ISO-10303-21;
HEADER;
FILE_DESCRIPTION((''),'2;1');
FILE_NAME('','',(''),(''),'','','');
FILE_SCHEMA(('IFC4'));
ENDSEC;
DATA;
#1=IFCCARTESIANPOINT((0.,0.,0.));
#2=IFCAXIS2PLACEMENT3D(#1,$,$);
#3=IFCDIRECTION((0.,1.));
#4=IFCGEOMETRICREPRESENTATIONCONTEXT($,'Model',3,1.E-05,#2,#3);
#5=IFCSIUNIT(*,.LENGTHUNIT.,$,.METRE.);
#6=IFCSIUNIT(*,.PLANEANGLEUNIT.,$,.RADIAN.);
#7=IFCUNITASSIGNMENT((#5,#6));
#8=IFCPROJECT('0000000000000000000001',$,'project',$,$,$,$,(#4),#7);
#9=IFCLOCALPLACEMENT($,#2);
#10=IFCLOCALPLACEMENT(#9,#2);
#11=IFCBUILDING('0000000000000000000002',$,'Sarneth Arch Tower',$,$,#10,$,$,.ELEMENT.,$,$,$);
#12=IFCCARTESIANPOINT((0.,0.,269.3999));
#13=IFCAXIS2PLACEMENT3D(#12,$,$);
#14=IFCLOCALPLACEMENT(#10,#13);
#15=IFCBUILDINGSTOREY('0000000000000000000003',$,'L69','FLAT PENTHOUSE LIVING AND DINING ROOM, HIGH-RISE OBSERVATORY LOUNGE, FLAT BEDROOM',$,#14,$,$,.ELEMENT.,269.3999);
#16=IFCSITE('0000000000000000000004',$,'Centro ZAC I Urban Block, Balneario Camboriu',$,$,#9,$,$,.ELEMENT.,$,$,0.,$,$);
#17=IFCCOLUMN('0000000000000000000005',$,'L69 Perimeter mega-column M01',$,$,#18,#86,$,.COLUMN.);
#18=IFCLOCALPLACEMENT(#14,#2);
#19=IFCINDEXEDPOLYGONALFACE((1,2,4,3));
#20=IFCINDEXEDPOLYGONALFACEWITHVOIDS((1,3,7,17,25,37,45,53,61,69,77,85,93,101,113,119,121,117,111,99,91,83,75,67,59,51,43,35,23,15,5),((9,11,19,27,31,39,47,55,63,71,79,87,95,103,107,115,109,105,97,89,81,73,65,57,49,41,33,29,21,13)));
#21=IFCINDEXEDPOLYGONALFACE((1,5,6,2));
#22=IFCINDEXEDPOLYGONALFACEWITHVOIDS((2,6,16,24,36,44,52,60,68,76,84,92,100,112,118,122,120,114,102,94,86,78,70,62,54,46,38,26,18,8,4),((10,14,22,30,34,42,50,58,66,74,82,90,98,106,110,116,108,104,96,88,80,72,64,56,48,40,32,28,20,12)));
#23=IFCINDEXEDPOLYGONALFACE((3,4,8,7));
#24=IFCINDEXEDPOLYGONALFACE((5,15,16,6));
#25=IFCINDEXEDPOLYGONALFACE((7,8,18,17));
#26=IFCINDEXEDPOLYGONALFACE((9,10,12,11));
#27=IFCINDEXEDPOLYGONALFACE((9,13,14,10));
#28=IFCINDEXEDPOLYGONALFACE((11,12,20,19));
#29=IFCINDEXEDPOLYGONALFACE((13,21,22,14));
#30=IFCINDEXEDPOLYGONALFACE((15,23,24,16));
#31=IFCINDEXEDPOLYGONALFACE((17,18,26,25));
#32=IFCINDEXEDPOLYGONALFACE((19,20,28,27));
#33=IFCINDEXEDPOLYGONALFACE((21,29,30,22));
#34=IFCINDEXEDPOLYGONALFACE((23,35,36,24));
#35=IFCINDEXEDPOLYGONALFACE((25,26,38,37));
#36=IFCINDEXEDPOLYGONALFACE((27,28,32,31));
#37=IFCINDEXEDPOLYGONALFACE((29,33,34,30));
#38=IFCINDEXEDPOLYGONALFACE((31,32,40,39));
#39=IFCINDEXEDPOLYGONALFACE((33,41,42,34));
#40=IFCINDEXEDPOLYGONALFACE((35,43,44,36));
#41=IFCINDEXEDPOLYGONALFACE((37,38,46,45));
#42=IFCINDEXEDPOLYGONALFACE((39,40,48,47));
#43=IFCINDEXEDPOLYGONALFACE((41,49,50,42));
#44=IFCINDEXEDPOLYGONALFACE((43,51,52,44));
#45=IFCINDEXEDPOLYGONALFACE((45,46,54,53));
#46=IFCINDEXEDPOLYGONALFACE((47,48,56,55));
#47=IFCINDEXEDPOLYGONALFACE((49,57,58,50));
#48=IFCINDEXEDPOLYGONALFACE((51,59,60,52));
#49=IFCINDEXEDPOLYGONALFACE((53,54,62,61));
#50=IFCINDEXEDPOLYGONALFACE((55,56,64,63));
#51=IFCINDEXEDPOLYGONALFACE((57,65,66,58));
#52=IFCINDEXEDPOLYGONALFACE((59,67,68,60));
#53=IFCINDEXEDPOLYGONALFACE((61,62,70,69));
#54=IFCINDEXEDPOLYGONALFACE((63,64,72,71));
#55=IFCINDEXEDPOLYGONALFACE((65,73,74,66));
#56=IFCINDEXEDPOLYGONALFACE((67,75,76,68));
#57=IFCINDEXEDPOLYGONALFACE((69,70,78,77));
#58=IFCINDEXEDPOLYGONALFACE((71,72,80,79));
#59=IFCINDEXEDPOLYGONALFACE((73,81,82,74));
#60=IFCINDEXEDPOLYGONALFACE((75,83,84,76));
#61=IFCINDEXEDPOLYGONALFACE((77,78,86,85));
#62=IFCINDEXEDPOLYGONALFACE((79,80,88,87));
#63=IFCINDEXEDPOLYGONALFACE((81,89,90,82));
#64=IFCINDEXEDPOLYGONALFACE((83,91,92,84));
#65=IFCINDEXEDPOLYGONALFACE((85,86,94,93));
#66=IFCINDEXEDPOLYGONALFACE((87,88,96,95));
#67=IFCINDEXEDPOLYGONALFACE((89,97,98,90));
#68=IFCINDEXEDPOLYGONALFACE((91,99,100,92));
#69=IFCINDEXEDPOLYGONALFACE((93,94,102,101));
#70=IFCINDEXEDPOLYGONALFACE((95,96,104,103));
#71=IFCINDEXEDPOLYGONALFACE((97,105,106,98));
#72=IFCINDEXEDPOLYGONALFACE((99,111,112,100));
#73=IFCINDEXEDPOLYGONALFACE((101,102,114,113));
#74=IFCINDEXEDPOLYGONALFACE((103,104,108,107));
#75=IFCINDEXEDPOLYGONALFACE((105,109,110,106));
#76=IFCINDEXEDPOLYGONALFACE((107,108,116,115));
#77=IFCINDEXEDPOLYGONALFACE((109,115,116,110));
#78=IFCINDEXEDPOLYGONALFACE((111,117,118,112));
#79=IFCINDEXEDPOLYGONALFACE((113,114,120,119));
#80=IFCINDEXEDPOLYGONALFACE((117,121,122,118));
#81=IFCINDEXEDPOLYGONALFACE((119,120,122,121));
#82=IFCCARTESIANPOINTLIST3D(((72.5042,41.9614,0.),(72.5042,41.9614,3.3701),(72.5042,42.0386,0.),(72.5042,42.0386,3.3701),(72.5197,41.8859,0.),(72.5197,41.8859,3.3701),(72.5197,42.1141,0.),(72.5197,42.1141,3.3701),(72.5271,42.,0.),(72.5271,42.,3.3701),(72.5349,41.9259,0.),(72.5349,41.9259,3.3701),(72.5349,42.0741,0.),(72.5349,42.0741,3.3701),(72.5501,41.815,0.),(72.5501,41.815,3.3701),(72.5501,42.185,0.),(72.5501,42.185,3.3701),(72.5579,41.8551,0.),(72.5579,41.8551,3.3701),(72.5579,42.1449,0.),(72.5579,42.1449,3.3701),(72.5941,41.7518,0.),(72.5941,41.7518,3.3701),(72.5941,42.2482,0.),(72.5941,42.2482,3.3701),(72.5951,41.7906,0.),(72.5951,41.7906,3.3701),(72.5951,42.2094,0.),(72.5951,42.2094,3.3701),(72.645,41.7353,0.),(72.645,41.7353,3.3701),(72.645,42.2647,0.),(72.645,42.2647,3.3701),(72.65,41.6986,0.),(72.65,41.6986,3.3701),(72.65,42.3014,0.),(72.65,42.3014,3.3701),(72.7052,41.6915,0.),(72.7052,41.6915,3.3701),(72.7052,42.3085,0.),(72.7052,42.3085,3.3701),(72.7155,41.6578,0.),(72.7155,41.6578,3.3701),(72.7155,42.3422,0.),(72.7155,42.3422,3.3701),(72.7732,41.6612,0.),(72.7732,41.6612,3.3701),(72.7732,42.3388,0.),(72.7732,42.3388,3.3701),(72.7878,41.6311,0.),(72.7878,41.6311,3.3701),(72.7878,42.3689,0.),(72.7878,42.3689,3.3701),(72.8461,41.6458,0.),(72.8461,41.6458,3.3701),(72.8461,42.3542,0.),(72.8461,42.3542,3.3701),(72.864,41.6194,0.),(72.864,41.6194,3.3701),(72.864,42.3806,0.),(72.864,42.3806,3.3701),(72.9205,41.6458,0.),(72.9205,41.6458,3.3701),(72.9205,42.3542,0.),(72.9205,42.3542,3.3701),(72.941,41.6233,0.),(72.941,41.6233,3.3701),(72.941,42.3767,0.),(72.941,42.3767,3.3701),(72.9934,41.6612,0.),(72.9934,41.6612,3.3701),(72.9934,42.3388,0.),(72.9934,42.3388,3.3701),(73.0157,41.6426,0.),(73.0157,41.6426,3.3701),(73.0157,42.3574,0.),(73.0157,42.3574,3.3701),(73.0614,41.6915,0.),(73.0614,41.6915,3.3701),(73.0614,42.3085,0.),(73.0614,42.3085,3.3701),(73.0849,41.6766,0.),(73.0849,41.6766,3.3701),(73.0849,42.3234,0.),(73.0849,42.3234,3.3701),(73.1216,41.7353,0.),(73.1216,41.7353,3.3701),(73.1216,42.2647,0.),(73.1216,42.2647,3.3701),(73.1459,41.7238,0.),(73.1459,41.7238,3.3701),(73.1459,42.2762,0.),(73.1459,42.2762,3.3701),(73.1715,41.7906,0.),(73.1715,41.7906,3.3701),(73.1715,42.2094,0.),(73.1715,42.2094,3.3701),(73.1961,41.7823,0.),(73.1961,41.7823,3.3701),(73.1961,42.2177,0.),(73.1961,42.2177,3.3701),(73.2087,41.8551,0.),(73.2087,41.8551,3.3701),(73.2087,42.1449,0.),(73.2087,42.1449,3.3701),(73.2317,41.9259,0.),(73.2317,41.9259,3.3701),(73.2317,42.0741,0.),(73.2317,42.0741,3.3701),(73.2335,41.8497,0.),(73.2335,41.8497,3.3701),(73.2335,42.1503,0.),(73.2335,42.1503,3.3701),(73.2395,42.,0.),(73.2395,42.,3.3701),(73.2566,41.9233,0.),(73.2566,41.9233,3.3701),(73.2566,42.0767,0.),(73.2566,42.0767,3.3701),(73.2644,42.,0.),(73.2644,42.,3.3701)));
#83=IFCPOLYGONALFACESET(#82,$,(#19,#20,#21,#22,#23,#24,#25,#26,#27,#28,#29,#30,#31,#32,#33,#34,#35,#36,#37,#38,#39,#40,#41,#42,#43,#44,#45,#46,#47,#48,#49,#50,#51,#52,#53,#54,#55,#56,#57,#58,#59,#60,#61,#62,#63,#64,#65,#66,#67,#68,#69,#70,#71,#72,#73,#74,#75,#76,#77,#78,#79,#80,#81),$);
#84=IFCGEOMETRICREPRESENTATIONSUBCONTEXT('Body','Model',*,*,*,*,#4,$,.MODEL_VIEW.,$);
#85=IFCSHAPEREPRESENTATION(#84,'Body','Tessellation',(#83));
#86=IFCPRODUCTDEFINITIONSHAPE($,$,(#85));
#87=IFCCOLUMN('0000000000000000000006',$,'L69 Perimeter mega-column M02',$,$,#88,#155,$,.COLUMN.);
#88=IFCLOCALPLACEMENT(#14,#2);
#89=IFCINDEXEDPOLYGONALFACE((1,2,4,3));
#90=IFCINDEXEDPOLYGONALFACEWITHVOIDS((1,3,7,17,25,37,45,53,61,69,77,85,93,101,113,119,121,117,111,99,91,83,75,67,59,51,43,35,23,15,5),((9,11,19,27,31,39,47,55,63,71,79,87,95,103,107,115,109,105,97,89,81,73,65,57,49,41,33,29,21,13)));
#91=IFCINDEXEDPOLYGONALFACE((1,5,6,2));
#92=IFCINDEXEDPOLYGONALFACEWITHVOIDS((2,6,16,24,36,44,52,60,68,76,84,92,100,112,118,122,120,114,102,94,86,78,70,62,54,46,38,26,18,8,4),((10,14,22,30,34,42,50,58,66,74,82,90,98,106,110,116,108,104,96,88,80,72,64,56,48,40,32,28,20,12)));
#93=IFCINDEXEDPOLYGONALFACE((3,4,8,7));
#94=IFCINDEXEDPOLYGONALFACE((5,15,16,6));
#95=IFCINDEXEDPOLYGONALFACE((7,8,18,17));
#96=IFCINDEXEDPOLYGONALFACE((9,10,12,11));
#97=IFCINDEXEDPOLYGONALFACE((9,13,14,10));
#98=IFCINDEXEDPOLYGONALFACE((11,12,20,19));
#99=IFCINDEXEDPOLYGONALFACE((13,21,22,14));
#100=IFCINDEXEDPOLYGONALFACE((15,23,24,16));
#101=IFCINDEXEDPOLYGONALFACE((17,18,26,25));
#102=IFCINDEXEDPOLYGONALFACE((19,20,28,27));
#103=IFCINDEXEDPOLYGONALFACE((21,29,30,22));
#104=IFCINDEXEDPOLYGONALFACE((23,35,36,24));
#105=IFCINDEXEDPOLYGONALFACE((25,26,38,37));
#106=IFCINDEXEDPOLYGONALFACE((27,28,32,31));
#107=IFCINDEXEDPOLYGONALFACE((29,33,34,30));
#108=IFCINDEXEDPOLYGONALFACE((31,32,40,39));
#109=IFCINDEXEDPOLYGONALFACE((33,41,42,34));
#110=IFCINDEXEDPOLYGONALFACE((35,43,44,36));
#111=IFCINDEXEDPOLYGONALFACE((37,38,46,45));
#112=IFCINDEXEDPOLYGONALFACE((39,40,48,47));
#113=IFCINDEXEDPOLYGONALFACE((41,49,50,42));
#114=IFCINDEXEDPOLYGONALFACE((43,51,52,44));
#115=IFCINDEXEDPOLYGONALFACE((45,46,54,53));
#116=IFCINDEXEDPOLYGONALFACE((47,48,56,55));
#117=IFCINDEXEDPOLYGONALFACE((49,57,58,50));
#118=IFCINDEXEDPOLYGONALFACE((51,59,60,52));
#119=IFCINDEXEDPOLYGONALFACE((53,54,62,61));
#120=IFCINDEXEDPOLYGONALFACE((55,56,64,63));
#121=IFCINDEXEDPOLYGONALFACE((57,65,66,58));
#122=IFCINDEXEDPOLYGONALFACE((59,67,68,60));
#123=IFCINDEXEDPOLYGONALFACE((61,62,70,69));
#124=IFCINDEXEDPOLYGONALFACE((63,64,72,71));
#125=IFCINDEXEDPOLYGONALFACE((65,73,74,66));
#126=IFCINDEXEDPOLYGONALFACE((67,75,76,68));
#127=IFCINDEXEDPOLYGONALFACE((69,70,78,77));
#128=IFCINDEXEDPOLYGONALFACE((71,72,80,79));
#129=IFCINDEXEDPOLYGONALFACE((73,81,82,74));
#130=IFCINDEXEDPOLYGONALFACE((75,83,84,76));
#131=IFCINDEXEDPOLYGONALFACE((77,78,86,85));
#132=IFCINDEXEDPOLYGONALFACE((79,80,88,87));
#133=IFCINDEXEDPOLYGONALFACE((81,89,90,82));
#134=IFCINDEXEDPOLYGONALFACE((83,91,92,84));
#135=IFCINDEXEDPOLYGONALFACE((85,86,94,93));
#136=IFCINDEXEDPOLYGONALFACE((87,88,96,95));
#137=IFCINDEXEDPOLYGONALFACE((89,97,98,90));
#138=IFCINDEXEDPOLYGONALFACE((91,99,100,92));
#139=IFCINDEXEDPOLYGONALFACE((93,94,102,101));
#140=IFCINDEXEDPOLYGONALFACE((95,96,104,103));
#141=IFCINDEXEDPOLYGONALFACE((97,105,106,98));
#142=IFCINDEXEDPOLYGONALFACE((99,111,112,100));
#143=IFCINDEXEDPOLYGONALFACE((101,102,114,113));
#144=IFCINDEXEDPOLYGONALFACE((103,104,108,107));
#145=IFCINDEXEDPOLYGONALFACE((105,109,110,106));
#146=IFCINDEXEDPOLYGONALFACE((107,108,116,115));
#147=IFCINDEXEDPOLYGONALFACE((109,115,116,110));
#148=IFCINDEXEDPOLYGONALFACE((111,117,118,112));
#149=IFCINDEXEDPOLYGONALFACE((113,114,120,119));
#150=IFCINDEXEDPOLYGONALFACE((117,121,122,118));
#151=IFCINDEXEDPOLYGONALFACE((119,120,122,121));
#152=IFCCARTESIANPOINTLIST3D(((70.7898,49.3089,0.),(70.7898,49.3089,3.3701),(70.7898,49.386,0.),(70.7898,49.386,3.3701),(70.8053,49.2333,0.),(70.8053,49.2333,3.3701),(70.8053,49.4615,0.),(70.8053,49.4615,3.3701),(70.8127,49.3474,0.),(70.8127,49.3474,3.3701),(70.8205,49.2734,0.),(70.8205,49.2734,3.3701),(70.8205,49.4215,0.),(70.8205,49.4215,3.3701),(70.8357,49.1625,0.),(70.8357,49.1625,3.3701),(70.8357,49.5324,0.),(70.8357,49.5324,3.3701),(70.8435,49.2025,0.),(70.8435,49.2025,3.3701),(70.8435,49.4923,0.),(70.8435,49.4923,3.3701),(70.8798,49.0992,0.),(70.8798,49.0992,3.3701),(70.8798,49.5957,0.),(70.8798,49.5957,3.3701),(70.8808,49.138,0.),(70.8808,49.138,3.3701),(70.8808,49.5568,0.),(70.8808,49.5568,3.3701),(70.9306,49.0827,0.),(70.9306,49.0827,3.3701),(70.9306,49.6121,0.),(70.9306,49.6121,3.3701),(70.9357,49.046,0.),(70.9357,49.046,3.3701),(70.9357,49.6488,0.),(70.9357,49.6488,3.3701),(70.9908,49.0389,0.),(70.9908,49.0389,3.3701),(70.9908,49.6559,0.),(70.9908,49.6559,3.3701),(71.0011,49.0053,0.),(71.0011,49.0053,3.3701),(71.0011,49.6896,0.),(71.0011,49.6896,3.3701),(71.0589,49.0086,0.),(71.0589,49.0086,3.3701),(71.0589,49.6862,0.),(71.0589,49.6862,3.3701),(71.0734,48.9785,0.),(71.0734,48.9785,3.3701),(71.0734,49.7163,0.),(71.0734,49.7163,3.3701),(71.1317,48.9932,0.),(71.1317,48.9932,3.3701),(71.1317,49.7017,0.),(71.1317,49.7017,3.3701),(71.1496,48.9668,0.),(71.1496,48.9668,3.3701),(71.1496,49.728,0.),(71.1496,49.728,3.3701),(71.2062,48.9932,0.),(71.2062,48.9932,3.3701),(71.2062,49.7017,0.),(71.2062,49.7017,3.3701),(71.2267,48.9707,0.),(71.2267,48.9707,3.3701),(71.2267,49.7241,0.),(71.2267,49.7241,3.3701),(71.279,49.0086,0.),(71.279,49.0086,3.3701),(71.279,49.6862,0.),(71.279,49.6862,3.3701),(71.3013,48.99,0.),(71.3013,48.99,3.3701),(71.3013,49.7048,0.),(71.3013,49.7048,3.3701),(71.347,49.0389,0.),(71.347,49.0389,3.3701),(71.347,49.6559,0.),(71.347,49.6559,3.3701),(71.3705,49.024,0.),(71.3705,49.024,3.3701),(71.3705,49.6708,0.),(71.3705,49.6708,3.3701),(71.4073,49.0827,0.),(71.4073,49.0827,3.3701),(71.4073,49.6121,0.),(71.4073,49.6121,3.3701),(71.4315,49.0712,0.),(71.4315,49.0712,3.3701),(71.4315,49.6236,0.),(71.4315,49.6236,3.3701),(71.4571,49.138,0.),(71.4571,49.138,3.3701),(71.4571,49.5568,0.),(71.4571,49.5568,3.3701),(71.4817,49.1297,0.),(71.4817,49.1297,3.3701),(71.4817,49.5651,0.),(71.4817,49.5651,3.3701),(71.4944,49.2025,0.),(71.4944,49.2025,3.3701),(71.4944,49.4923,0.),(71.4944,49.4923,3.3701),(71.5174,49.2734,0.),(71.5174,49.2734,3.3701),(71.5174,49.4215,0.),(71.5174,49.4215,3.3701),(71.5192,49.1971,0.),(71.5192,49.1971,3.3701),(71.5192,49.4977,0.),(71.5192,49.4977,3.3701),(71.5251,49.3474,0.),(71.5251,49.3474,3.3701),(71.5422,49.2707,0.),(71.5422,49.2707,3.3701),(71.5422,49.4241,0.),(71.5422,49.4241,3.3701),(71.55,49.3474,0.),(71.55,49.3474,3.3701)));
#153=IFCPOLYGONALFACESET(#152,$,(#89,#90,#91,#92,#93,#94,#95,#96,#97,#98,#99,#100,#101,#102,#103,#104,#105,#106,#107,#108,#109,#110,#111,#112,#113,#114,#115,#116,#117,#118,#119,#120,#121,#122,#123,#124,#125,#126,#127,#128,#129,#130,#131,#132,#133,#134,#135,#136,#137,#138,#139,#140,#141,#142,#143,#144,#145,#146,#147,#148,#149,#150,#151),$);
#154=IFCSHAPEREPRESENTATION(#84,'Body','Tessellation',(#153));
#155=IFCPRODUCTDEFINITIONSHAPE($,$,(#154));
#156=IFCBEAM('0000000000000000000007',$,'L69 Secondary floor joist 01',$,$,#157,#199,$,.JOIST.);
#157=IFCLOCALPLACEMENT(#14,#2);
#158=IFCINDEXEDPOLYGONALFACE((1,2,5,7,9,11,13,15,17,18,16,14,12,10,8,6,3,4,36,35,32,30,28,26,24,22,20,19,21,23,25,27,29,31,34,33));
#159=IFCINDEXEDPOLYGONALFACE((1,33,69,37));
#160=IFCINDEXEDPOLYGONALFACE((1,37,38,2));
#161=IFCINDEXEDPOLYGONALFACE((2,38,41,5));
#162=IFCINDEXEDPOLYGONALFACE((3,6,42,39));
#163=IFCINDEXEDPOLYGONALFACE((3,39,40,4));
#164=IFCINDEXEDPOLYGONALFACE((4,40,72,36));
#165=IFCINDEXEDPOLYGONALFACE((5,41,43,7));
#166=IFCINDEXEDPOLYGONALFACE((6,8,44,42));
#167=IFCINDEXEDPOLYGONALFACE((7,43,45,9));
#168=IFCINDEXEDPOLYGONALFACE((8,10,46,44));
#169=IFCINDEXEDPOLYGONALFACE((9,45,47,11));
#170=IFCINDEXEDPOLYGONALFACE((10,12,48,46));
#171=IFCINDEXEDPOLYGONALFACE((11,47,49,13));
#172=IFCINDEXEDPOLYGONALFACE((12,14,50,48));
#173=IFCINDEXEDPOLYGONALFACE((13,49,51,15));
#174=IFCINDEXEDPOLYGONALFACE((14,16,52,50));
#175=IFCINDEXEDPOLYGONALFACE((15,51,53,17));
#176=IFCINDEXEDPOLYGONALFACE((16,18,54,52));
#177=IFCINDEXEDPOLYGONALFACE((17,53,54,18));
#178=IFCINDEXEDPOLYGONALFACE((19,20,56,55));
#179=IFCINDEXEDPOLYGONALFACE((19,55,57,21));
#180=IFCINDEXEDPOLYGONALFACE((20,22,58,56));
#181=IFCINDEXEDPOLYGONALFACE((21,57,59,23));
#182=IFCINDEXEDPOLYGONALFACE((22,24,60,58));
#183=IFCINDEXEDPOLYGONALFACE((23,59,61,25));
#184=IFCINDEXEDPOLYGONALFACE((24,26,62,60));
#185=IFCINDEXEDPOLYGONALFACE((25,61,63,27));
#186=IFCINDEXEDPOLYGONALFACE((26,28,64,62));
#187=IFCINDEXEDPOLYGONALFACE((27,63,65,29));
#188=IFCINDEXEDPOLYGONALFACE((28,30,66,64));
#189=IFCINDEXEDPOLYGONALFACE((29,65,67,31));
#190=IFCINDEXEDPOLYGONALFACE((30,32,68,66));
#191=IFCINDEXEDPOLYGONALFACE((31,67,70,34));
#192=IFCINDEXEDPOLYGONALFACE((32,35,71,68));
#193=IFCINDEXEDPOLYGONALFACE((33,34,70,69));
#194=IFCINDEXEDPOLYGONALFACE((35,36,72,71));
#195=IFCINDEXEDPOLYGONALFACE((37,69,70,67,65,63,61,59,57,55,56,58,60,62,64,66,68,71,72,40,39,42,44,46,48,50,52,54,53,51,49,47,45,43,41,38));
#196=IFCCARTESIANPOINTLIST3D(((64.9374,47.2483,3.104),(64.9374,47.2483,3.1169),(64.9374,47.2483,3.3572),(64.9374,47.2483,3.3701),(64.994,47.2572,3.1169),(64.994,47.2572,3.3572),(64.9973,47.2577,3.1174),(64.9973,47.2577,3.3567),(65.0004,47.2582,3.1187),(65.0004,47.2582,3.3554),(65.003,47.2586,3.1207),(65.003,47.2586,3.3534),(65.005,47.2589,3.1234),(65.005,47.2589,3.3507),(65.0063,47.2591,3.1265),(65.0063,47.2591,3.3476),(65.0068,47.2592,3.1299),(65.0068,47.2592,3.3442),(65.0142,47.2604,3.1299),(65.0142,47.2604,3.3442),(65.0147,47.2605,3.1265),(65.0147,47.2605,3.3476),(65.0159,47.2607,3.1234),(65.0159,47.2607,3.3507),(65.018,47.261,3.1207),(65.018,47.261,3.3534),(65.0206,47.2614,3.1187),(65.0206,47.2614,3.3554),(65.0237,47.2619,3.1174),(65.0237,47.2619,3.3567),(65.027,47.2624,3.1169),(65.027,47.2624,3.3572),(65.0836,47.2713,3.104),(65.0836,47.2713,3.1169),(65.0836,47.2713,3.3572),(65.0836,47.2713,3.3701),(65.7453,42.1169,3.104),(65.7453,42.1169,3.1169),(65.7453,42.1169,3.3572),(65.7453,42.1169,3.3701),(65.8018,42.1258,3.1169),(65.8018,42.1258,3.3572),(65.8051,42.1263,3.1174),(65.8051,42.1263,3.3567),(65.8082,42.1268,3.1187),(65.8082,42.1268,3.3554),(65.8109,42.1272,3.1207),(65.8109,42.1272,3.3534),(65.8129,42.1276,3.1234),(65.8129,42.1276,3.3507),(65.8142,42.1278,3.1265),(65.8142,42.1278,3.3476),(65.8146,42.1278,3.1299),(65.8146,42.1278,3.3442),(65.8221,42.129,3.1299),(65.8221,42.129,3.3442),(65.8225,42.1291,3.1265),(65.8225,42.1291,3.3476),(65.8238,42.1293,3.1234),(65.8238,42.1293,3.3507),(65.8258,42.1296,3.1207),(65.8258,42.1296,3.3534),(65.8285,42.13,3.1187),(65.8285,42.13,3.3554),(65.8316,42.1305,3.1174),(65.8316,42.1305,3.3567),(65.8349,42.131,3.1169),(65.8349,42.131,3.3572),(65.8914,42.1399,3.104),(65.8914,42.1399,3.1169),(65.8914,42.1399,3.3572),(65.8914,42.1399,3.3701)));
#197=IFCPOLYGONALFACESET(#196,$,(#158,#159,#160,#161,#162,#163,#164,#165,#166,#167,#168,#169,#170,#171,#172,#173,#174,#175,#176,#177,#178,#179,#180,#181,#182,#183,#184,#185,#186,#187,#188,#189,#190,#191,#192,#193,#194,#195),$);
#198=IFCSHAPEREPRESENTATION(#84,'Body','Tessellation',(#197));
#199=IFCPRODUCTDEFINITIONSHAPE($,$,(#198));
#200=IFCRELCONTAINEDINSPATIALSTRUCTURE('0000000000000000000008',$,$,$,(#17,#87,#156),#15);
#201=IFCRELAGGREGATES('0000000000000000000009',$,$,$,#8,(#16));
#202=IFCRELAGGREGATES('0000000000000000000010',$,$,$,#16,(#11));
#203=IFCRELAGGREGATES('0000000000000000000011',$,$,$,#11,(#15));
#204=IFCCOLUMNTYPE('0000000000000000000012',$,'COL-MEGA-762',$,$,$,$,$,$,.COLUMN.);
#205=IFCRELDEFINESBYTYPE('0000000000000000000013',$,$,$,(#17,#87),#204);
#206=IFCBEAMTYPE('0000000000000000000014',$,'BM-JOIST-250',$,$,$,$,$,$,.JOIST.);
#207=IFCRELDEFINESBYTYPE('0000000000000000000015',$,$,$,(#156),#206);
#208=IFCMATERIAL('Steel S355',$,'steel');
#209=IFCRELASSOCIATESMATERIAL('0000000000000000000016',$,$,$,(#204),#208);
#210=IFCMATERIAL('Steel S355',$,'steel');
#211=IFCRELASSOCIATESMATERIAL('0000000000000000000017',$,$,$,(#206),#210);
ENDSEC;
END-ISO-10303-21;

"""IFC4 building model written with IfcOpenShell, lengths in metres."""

from ifc_helpers import new_model, si_unit, direction, frame, origin, origin_2d, place, context, subcontext, project, spatial, hollow_circle, i_section, extrude, material, material_profile, profile_set, type_object, element, save


model = new_model("IFC4")

# Units and contexts
model_context = context("Model", 3, precision=1e-05, world=origin(), true_north=direction((0.0, 1.0)))
body_context = subcontext(model_context, "Body", "Model", "MODEL_VIEW")
ifc_project = project(units=[si_unit("LENGTHUNIT", "METRE"), si_unit("PLANEANGLEUNIT", "RADIAN")], contexts=[model_context])

# Site, building, storey
site_placement = place(None, origin())
site = spatial("IfcSite", under=ifc_project, at=site_placement, Name="Centro ZAC I Urban Block, Balneario Camboriu", CompositionType="ELEMENT", RefElevation=0.0)
building_placement = place(site_placement, origin())
building = spatial("IfcBuilding", under=site, at=building_placement, Name="Sarneth Arch Tower", CompositionType="ELEMENT")
storey_placement = place(building_placement, frame((0.0, 0.0, 269.3999)))
storey = spatial("IfcBuildingStorey", under=building, at=storey_placement, Name="L69", Description="FLAT PENTHOUSE LIVING AND DINING ROOM, HIGH-RISE OBSERVATORY LOUNGE, FLAT BEDROOM", CompositionType="ELEMENT", Elevation=269.3999)

# Columns
ifc_material_1 = material(Name="Steel S355", Category="steel")
ifc_material_profile_1 = material_profile(ifc_material_1, hollow_circle(Radius=0.3811, WallThickness=0.0249, at=origin_2d()), Name="CHS762x25")
ifc_profile_set_1 = profile_set([ifc_material_profile_1], Name="Steel S355")
column_type = type_object("IfcColumnType", Name="COL-MEGA-762", PredefinedType="COLUMN", material=ifc_profile_set_1)
for number, where, z_axis, x_axis, name in (
    (1, (72.8833, 42.0, 0.0), (0.0, 0.0, 1.0), (1.0, 0.0, 0.0), "L69 Perimeter mega-column M01"),
    (2, (71.1689, 49.3474, 0.0), (0.0, 0.0, 1.0), (1.0, 0.0, 0.0), "L69 Perimeter mega-column M02"),
):
    element("IfcColumn", number, at=place(storey_placement, frame(where, z_axis=z_axis, x_axis=x_axis)), inside=storey, type_object=column_type, Name=name, PredefinedType="COLUMN", context=body_context, shape_type="SweptSolid", body=[
        extrude(hollow_circle(Radius=0.3811, WallThickness=0.0249, at=origin_2d()), origin(), (0.0, 0.0, 1.0), 3.3701),
    ])

# Beam
ifc_material_2 = material(Name="Steel S355", Category="steel")
ifc_material_profile_2 = material_profile(ifc_material_2, i_section(OverallWidth=0.1479, OverallDepth=0.2661, WebThickness=0.0076, FlangeThickness=0.0129, FilletRadius=0.0129, at=origin_2d()), Name="W250x44.8")
ifc_profile_set_2 = profile_set([ifc_material_profile_2], Name="Steel S355")
beam_type_1 = type_object("IfcBeamType", Name="BM-JOIST-250", PredefinedType="JOIST", material=ifc_profile_set_2)
beam_1_placement = place(storey_placement, frame((65.8184, 42.1284, 3.2371), z_axis=(-0.155521, 0.987833, 0.0), x_axis=(-0.987833, -0.155521, 0.0)))
element("IfcBeam", 3, at=beam_1_placement, inside=storey, type_object=beam_type_1, Name="L69 Secondary floor joist 01", PredefinedType="JOIST", context=body_context, shape_type="SweptSolid", body=[
    extrude(i_section(OverallWidth=0.1479, OverallDepth=0.2661, WebThickness=0.0076, FlangeThickness=0.0129, FilletRadius=0.0129, at=origin_2d()), origin(), (0.0, 0.0, 1.0), 5.1946),
])

save(model, "model.ifc")
